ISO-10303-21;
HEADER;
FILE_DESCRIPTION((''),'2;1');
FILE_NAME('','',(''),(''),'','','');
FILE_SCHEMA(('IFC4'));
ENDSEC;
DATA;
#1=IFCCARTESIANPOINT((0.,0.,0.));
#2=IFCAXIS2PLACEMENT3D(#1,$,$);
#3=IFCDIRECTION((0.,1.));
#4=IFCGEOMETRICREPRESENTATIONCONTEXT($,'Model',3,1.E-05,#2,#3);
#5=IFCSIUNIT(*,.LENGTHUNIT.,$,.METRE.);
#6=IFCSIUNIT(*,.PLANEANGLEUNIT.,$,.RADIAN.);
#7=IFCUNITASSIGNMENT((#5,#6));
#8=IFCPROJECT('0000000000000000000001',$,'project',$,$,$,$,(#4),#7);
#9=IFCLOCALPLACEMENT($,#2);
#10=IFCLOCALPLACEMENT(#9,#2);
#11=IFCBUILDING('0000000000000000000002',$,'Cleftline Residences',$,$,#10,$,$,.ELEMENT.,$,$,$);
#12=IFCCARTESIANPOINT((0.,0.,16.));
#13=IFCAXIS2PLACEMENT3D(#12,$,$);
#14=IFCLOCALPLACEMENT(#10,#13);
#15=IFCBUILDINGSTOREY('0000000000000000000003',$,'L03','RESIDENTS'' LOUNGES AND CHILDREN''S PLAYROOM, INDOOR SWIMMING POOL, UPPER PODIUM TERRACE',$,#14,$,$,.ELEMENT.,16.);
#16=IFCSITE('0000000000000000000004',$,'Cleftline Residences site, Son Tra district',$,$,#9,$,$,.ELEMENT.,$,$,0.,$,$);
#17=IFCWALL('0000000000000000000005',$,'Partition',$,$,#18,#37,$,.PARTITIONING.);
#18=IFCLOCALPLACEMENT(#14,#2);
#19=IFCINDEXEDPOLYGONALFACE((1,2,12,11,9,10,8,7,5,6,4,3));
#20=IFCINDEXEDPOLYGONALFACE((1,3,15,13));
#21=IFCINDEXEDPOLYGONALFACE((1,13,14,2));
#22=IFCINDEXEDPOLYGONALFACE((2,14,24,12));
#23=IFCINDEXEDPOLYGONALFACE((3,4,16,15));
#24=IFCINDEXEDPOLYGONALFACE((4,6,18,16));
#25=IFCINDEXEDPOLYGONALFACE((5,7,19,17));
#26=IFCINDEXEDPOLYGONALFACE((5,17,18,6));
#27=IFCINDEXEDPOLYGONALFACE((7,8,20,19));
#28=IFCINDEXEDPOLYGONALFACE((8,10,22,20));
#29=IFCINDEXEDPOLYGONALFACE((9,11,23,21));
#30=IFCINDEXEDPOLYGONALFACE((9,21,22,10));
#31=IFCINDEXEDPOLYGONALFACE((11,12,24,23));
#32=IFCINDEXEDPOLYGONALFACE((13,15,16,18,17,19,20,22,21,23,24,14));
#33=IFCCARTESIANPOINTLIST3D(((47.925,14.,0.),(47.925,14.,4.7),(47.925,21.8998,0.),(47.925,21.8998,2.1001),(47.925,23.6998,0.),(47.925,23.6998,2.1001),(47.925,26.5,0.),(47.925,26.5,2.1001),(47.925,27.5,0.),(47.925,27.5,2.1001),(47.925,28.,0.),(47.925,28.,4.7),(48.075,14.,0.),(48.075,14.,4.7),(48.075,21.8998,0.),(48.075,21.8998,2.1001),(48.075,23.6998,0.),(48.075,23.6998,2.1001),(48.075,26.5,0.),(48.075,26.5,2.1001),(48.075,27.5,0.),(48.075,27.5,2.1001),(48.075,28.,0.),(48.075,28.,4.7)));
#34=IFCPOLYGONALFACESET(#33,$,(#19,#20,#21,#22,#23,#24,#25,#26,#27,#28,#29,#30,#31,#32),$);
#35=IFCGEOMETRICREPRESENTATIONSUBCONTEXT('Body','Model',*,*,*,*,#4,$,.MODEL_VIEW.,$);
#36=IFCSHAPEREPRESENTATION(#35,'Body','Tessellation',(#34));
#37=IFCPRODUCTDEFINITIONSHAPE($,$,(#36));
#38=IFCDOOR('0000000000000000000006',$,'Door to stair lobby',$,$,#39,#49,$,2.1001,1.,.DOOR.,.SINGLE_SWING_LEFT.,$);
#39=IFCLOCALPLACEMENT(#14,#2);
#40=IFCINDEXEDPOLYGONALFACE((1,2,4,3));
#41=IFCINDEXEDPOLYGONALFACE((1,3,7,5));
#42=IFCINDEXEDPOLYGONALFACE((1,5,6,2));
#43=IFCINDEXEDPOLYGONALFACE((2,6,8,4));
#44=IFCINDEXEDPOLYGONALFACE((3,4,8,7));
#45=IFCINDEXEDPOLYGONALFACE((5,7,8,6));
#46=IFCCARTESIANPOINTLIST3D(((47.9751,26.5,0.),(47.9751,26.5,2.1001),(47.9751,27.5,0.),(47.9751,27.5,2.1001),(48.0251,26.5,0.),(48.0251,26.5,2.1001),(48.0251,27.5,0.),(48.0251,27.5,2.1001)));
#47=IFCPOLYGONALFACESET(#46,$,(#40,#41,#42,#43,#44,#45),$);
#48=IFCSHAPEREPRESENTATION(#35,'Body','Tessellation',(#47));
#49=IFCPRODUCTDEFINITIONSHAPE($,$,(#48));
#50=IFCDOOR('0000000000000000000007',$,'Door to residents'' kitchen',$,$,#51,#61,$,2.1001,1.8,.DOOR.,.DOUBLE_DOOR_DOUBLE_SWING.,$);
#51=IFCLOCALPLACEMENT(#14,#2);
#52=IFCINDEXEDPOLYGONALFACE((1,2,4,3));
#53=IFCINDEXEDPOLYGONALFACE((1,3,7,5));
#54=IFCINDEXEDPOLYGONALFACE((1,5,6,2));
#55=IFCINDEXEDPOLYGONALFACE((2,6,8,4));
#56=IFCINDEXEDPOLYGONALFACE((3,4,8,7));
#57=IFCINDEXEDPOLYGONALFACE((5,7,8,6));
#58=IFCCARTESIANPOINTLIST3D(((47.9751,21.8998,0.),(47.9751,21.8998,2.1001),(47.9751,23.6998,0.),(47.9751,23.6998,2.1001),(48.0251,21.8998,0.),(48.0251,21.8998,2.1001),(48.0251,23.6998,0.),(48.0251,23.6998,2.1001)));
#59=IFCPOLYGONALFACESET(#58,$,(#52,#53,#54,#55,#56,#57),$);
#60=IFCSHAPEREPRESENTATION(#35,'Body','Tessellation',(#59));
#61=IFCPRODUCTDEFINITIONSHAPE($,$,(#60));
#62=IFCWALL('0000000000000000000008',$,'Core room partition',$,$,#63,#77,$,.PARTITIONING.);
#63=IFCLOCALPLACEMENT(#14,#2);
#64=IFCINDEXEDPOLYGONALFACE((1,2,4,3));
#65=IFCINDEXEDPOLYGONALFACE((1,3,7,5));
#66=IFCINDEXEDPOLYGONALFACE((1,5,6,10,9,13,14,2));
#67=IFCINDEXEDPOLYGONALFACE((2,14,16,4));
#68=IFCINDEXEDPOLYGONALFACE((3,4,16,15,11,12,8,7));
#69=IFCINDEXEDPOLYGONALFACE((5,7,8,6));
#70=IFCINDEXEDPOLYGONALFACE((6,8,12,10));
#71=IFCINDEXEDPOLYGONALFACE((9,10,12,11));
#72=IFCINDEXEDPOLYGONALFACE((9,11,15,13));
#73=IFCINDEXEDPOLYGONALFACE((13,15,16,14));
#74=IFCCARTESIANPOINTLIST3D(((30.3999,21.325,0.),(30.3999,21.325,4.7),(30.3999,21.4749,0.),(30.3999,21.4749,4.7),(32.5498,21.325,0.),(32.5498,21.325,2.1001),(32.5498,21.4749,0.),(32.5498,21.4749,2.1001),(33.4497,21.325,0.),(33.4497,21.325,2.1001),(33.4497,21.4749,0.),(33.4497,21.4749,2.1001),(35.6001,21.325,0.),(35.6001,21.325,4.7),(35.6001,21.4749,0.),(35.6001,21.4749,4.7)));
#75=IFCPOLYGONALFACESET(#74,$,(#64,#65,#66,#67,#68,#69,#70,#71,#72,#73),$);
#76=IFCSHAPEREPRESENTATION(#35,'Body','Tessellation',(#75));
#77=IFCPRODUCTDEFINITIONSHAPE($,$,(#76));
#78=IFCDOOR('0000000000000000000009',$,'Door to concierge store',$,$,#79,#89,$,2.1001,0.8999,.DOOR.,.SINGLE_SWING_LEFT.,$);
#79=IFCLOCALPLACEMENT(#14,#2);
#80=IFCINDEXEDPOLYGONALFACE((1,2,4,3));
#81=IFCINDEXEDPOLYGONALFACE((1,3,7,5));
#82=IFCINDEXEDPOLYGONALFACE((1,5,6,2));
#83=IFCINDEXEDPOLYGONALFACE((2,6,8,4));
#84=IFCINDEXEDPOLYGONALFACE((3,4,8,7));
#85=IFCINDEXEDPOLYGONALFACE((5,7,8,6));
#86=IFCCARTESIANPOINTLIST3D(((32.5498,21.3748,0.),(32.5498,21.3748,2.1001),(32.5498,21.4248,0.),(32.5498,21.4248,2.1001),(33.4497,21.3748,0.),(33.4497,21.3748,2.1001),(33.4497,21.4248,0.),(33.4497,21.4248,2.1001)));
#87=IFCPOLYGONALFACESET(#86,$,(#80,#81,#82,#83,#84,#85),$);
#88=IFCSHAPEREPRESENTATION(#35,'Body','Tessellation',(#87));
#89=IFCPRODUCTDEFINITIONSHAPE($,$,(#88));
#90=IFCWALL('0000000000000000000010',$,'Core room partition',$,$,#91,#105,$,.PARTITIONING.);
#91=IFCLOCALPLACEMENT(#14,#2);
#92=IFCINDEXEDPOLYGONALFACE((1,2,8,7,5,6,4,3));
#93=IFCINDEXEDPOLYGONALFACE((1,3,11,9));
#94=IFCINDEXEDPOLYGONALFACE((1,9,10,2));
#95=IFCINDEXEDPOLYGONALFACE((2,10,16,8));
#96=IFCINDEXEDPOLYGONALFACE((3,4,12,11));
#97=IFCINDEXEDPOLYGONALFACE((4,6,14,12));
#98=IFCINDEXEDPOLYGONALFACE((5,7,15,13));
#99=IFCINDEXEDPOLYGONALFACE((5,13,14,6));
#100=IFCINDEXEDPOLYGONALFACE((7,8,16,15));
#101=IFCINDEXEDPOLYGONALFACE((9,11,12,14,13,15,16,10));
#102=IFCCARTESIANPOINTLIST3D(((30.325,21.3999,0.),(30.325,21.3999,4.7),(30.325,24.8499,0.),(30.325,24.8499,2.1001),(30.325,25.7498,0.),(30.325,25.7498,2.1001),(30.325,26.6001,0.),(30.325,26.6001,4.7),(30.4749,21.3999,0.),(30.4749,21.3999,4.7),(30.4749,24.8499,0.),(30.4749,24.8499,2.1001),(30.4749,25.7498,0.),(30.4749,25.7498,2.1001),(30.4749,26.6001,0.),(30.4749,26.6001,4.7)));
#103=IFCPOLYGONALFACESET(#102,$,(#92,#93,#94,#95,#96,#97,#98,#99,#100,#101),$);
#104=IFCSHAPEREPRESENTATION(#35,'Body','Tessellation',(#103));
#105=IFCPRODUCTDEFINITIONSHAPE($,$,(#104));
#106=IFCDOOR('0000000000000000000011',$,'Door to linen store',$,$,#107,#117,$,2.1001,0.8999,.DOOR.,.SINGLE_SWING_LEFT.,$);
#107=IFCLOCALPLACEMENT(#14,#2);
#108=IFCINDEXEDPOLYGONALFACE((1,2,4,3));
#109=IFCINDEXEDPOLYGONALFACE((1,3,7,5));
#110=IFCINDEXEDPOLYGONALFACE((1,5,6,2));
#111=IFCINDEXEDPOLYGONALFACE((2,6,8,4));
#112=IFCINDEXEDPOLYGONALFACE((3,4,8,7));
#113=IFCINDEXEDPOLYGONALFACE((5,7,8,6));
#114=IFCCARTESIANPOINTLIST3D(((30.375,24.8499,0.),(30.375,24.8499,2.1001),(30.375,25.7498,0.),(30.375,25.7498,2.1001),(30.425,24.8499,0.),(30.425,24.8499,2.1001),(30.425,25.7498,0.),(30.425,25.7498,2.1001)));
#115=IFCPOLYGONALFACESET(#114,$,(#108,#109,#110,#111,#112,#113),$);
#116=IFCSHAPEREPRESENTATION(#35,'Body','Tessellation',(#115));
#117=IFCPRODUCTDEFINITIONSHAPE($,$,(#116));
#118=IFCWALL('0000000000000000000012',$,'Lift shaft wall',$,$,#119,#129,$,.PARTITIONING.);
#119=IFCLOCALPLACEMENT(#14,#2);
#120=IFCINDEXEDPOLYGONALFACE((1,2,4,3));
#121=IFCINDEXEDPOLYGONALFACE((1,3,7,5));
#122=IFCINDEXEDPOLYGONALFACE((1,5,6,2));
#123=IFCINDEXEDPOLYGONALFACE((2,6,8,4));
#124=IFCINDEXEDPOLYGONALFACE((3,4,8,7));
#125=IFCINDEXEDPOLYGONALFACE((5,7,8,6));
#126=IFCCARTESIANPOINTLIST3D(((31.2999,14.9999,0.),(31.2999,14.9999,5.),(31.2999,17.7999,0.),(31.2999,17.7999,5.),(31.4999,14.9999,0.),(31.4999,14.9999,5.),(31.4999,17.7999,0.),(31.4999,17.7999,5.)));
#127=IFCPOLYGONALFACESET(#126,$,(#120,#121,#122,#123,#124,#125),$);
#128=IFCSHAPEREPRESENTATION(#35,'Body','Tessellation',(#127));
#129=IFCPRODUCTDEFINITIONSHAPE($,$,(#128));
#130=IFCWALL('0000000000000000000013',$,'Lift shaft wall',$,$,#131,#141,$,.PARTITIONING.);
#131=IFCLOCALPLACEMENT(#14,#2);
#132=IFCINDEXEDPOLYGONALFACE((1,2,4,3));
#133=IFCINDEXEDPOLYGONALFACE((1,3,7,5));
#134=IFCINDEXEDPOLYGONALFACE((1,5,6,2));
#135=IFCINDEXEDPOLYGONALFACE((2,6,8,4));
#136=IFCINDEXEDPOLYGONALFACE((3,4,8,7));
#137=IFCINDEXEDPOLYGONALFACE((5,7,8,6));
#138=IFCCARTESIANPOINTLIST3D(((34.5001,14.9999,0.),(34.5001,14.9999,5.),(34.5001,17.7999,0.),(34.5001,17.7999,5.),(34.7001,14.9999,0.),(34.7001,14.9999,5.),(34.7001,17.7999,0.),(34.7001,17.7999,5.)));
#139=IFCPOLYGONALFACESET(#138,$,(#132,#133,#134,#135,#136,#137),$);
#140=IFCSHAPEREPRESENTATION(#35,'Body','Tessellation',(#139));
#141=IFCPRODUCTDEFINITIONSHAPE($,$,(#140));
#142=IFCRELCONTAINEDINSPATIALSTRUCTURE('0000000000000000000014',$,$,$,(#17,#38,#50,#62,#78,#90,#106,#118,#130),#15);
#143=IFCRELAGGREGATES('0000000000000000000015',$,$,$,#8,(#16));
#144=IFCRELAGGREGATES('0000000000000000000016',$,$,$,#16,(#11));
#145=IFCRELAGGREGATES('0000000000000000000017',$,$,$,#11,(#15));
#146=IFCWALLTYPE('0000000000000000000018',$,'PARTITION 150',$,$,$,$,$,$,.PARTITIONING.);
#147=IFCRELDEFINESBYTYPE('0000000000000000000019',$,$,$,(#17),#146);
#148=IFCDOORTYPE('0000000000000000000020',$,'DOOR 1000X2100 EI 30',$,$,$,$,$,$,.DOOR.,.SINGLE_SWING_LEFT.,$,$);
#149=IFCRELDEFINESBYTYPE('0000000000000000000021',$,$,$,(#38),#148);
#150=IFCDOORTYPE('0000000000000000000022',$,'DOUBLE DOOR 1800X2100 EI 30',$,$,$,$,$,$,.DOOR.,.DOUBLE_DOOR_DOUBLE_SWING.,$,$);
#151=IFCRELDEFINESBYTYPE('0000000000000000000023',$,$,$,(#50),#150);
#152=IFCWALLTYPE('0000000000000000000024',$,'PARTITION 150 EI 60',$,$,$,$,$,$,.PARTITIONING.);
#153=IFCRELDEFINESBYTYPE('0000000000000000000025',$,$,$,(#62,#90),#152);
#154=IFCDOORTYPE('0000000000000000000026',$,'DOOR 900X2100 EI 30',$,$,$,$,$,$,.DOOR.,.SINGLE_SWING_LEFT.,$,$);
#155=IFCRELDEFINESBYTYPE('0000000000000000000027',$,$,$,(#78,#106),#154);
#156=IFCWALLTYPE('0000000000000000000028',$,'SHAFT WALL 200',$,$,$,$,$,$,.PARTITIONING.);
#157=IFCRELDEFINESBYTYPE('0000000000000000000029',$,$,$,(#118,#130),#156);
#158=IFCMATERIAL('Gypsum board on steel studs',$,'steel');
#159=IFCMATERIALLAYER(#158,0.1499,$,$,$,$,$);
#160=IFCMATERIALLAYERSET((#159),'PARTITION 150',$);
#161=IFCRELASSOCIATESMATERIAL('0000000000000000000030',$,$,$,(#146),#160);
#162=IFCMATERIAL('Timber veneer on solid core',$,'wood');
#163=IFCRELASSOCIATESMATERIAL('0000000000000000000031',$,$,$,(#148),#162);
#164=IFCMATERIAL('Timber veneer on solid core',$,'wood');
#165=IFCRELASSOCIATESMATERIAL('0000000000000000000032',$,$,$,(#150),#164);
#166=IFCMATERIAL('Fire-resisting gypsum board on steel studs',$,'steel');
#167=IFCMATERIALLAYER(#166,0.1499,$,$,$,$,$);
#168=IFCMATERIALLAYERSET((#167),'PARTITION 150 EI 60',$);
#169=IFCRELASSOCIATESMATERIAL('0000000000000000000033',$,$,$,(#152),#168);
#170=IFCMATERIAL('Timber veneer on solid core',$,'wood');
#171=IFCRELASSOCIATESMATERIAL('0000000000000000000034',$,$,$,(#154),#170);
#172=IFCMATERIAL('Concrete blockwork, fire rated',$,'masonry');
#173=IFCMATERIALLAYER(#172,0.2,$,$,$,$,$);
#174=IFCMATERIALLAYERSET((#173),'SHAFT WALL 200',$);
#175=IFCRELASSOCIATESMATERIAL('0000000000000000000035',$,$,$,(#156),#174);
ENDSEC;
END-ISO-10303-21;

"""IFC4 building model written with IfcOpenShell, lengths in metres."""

from ifc_helpers import new_model, si_unit, direction, frame, frame_2d, origin, place, context, subcontext, project, spatial, rectangle, extrude, material, layer, layer_set, type_object, element, fill, save


model = new_model("IFC4")

# Units and contexts
model_context = context("Model", 3, precision=1e-05, world=origin(), true_north=direction((0.0, 1.0)))
body_context = subcontext(model_context, "Body", "Model", "MODEL_VIEW")
ifc_project = project(units=[si_unit("LENGTHUNIT", "METRE"), si_unit("PLANEANGLEUNIT", "RADIAN")], contexts=[model_context])

# Site, building, storey
site_placement = place(None, origin())
site = spatial("IfcSite", under=ifc_project, at=site_placement, Name="Cleftline Residences site, Son Tra district", CompositionType="ELEMENT", RefElevation=0.0)
building_placement = place(site_placement, origin())
building = spatial("IfcBuilding", under=site, at=building_placement, Name="Cleftline Residences", CompositionType="ELEMENT")
storey_placement = place(building_placement, frame((0.0, 0.0, 16.0)))
storey = spatial("IfcBuildingStorey", under=building, at=storey_placement, Name="L03", Description="RESIDENTS' LOUNGES AND CHILDREN'S PLAYROOM, INDOOR SWIMMING POOL, UPPER PODIUM TERRACE", CompositionType="ELEMENT", Elevation=16.0)

# Shared definitions
ifc_material_1 = material(Name="Gypsum board on steel studs", Category="steel")
ifc_layer_1 = layer(ifc_material_1, 0.1499)
ifc_layer_set_1 = layer_set([ifc_layer_1], Name="PARTITION 150")
wall_type_1 = type_object("IfcWallType", Name="PARTITION 150", PredefinedType="PARTITIONING", material=ifc_layer_set_1)

# Wall, openings, doors
wall_1_placement = place(storey_placement, frame((48.0, 14.0, 0.0), z_axis=(0.0, 0.0, 1.0), x_axis=(0.0, 1.0, 0.0)))
wall_1 = element("IfcWall", 1, at=wall_1_placement, inside=storey, type_object=wall_type_1, Name="Partition", PredefinedType="PARTITIONING", context=body_context, shape_type="SweptSolid", body=[
    extrude(rectangle(XDim=14.0, YDim=0.1499, at=frame_2d((7.0, 0.0))), origin(), (0.0, 0.0, 1.0), 4.7),
])
opening_1_placement = place(wall_1_placement, frame((12.5, 0.0, 0.0)))
opening_1 = element("IfcOpeningElement", 2, at=opening_1_placement, cuts=wall_1, PredefinedType="OPENING", context=body_context, shape_type="SweptSolid", body=[
    extrude(rectangle(XDim=1.0, YDim=2.1001, at=frame_2d((0.5, 1.05))), frame((0.0, 0.085, 0.0), z_axis=(0.0, -1.0, 0.0), x_axis=(1.0, 0.0, 0.0)), (0.0, 0.0, 1.0), 0.1699),
])
opening_2_placement = place(wall_1_placement, frame((7.8999, 0.0, 0.0)))
opening_2 = element("IfcOpeningElement", 3, at=opening_2_placement, cuts=wall_1, PredefinedType="OPENING", context=body_context, shape_type="SweptSolid", body=[
    extrude(rectangle(XDim=1.8, YDim=2.1001, at=frame_2d((0.8999, 1.05))), frame((0.0, 0.085, 0.0), z_axis=(0.0, -1.0, 0.0), x_axis=(1.0, 0.0, 0.0)), (0.0, 0.0, 1.0), 0.1699),
])
ifc_material_2 = material(Name="Timber veneer on solid core", Category="wood")
door_type_1 = type_object("IfcDoorType", Name="DOOR 1000X2100 EI 30", OperationType="SINGLE_SWING_LEFT", PredefinedType="DOOR", material=ifc_material_2)
door_1_placement = place(opening_1_placement, origin())
door_1 = element("IfcDoor", 4, at=door_1_placement, inside=storey, type_object=door_type_1, Name="Door to stair lobby", OperationType="SINGLE_SWING_LEFT", OverallHeight=2.1001, OverallWidth=1.0, PredefinedType="DOOR", context=body_context, shape_type="SweptSolid", body=[
    extrude(rectangle(XDim=1.0, YDim=2.1001, at=frame_2d((0.5, 1.05))), frame((0.0, 0.0249, 0.0), z_axis=(0.0, -1.0, 0.0), x_axis=(1.0, 0.0, 0.0)), (0.0, 0.0, 1.0), 0.05),
])
fill(opening_1, door_1)
ifc_material_3 = material(Name="Timber veneer on solid core", Category="wood")
door_type_2 = type_object("IfcDoorType", Name="DOUBLE DOOR 1800X2100 EI 30", OperationType="DOUBLE_DOOR_DOUBLE_SWING", PredefinedType="DOOR", material=ifc_material_3)
door_2_placement = place(opening_2_placement, origin())
door_2 = element("IfcDoor", 5, at=door_2_placement, inside=storey, type_object=door_type_2, Name="Door to residents' kitchen", OperationType="DOUBLE_DOOR_DOUBLE_SWING", OverallHeight=2.1001, OverallWidth=1.8, PredefinedType="DOOR", context=body_context, shape_type="SweptSolid", body=[
    extrude(rectangle(XDim=1.8, YDim=2.1001, at=frame_2d((0.8999, 1.05))), frame((0.0, 0.0249, 0.0), z_axis=(0.0, -1.0, 0.0), x_axis=(1.0, 0.0, 0.0)), (0.0, 0.0, 1.0), 0.05),
])
fill(opening_2, door_2)

# Walls, openings, doors
ifc_material_4 = material(Name="Fire-resisting gypsum board on steel studs", Category="steel")
ifc_layer_2 = layer(ifc_material_4, 0.1499)
ifc_layer_set_2 = layer_set([ifc_layer_2], Name="PARTITION 150 EI 60")
wall_type_2 = type_object("IfcWallType", Name="PARTITION 150 EI 60", PredefinedType="PARTITIONING", material=ifc_layer_set_2)
wall_2_placement = place(storey_placement, frame((30.3999, 21.3999, 0.0), z_axis=(0.0, 0.0, 1.0), x_axis=(1.0, 0.0, 0.0)))
wall_2 = element("IfcWall", 6, at=wall_2_placement, inside=storey, type_object=wall_type_2, Name="Core room partition", PredefinedType="PARTITIONING", context=body_context, shape_type="SweptSolid", body=[
    extrude(rectangle(XDim=5.2002, YDim=0.1499, at=frame_2d((2.6001, 0.0))), origin(), (0.0, 0.0, 1.0), 4.7),
])
opening_3_placement = place(wall_2_placement, frame((2.1499, 0.0, 0.0)))
opening_3 = element("IfcOpeningElement", 7, at=opening_3_placement, cuts=wall_2, PredefinedType="OPENING", context=body_context, shape_type="SweptSolid", body=[
    extrude(rectangle(XDim=0.8999, YDim=2.1001, at=frame_2d((0.45, 1.05))), frame((0.0, 0.085, 0.0), z_axis=(0.0, -1.0, 0.0), x_axis=(1.0, 0.0, 0.0)), (0.0, 0.0, 1.0), 0.1699),
])
ifc_material_5 = material(Name="Timber veneer on solid core", Category="wood")
door_type_3 = type_object("IfcDoorType", Name="DOOR 900X2100 EI 30", OperationType="SINGLE_SWING_LEFT", PredefinedType="DOOR", material=ifc_material_5)
door_3_placement = place(opening_3_placement, origin())
door_3 = element("IfcDoor", 8, at=door_3_placement, inside=storey, type_object=door_type_3, Name="Door to concierge store", OperationType="SINGLE_SWING_LEFT", OverallHeight=2.1001, OverallWidth=0.8999, PredefinedType="DOOR", context=body_context, shape_type="SweptSolid", body=[
    extrude(rectangle(XDim=0.8999, YDim=2.1001, at=frame_2d((0.45, 1.05))), frame((0.0, 0.0249, 0.0), z_axis=(0.0, -1.0, 0.0), x_axis=(1.0, 0.0, 0.0)), (0.0, 0.0, 1.0), 0.05),
])
fill(opening_3, door_3)
wall_3_placement = place(storey_placement, frame((30.3999, 21.3999, 0.0), z_axis=(0.0, 0.0, 1.0), x_axis=(0.0, 1.0, 0.0)))
wall_3 = element("IfcWall", 9, at=wall_3_placement, inside=storey, type_object=wall_type_2, Name="Core room partition", PredefinedType="PARTITIONING", context=body_context, shape_type="SweptSolid", body=[
    extrude(rectangle(XDim=5.2002, YDim=0.1499, at=frame_2d((2.6001, 0.0))), origin(), (0.0, 0.0, 1.0), 4.7),
])
opening_4_placement = place(wall_3_placement, frame((3.45, 0.0, 0.0)))
opening_4 = element("IfcOpeningElement", 10, at=opening_4_placement, cuts=wall_3, PredefinedType="OPENING", context=body_context, shape_type="SweptSolid", body=[
    extrude(rectangle(XDim=0.8999, YDim=2.1001, at=frame_2d((0.45, 1.05))), frame((0.0, 0.085, 0.0), z_axis=(0.0, -1.0, 0.0), x_axis=(1.0, 0.0, 0.0)), (0.0, 0.0, 1.0), 0.1699),
])
door_4_placement = place(opening_4_placement, origin())
door_4 = element("IfcDoor", 11, at=door_4_placement, inside=storey, type_object=door_type_3, Name="Door to linen store", OperationType="SINGLE_SWING_LEFT", OverallHeight=2.1001, OverallWidth=0.8999, PredefinedType="DOOR", context=body_context, shape_type="SweptSolid", body=[
    extrude(rectangle(XDim=0.8999, YDim=2.1001, at=frame_2d((0.45, 1.05))), frame((0.0, 0.0249, 0.0), z_axis=(0.0, -1.0, 0.0), x_axis=(1.0, 0.0, 0.0)), (0.0, 0.0, 1.0), 0.05),
])
fill(opening_4, door_4)

# Walls
ifc_material_6 = material(Name="Concrete blockwork, fire rated", Category="masonry")
ifc_layer_3 = layer(ifc_material_6, 0.2)
ifc_layer_set_3 = layer_set([ifc_layer_3], Name="SHAFT WALL 200")
wall_type_3 = type_object("IfcWallType", Name="SHAFT WALL 200", PredefinedType="PARTITIONING", material=ifc_layer_set_3)
for number, where, z_axis, x_axis, name in (
    (12, (31.3999, 15.0, 0.0), (0.0, 0.0, 1.0), (0.0, 1.0, 0.0), "Lift shaft wall"),
    (13, (34.6001, 15.0, 0.0), (0.0, 0.0, 1.0), (0.0, 1.0, 0.0), "Lift shaft wall"),
):
    element("IfcWall", number, at=place(storey_placement, frame(where, z_axis=z_axis, x_axis=x_axis)), inside=storey, type_object=wall_type_3, Name=name, PredefinedType="PARTITIONING", context=body_context, shape_type="SweptSolid", body=[
        extrude(rectangle(XDim=2.8, YDim=0.2, at=frame_2d((1.3999, 0.0))), origin(), (0.0, 0.0, 1.0), 5.0),
    ])

save(model, "model.ifc")
